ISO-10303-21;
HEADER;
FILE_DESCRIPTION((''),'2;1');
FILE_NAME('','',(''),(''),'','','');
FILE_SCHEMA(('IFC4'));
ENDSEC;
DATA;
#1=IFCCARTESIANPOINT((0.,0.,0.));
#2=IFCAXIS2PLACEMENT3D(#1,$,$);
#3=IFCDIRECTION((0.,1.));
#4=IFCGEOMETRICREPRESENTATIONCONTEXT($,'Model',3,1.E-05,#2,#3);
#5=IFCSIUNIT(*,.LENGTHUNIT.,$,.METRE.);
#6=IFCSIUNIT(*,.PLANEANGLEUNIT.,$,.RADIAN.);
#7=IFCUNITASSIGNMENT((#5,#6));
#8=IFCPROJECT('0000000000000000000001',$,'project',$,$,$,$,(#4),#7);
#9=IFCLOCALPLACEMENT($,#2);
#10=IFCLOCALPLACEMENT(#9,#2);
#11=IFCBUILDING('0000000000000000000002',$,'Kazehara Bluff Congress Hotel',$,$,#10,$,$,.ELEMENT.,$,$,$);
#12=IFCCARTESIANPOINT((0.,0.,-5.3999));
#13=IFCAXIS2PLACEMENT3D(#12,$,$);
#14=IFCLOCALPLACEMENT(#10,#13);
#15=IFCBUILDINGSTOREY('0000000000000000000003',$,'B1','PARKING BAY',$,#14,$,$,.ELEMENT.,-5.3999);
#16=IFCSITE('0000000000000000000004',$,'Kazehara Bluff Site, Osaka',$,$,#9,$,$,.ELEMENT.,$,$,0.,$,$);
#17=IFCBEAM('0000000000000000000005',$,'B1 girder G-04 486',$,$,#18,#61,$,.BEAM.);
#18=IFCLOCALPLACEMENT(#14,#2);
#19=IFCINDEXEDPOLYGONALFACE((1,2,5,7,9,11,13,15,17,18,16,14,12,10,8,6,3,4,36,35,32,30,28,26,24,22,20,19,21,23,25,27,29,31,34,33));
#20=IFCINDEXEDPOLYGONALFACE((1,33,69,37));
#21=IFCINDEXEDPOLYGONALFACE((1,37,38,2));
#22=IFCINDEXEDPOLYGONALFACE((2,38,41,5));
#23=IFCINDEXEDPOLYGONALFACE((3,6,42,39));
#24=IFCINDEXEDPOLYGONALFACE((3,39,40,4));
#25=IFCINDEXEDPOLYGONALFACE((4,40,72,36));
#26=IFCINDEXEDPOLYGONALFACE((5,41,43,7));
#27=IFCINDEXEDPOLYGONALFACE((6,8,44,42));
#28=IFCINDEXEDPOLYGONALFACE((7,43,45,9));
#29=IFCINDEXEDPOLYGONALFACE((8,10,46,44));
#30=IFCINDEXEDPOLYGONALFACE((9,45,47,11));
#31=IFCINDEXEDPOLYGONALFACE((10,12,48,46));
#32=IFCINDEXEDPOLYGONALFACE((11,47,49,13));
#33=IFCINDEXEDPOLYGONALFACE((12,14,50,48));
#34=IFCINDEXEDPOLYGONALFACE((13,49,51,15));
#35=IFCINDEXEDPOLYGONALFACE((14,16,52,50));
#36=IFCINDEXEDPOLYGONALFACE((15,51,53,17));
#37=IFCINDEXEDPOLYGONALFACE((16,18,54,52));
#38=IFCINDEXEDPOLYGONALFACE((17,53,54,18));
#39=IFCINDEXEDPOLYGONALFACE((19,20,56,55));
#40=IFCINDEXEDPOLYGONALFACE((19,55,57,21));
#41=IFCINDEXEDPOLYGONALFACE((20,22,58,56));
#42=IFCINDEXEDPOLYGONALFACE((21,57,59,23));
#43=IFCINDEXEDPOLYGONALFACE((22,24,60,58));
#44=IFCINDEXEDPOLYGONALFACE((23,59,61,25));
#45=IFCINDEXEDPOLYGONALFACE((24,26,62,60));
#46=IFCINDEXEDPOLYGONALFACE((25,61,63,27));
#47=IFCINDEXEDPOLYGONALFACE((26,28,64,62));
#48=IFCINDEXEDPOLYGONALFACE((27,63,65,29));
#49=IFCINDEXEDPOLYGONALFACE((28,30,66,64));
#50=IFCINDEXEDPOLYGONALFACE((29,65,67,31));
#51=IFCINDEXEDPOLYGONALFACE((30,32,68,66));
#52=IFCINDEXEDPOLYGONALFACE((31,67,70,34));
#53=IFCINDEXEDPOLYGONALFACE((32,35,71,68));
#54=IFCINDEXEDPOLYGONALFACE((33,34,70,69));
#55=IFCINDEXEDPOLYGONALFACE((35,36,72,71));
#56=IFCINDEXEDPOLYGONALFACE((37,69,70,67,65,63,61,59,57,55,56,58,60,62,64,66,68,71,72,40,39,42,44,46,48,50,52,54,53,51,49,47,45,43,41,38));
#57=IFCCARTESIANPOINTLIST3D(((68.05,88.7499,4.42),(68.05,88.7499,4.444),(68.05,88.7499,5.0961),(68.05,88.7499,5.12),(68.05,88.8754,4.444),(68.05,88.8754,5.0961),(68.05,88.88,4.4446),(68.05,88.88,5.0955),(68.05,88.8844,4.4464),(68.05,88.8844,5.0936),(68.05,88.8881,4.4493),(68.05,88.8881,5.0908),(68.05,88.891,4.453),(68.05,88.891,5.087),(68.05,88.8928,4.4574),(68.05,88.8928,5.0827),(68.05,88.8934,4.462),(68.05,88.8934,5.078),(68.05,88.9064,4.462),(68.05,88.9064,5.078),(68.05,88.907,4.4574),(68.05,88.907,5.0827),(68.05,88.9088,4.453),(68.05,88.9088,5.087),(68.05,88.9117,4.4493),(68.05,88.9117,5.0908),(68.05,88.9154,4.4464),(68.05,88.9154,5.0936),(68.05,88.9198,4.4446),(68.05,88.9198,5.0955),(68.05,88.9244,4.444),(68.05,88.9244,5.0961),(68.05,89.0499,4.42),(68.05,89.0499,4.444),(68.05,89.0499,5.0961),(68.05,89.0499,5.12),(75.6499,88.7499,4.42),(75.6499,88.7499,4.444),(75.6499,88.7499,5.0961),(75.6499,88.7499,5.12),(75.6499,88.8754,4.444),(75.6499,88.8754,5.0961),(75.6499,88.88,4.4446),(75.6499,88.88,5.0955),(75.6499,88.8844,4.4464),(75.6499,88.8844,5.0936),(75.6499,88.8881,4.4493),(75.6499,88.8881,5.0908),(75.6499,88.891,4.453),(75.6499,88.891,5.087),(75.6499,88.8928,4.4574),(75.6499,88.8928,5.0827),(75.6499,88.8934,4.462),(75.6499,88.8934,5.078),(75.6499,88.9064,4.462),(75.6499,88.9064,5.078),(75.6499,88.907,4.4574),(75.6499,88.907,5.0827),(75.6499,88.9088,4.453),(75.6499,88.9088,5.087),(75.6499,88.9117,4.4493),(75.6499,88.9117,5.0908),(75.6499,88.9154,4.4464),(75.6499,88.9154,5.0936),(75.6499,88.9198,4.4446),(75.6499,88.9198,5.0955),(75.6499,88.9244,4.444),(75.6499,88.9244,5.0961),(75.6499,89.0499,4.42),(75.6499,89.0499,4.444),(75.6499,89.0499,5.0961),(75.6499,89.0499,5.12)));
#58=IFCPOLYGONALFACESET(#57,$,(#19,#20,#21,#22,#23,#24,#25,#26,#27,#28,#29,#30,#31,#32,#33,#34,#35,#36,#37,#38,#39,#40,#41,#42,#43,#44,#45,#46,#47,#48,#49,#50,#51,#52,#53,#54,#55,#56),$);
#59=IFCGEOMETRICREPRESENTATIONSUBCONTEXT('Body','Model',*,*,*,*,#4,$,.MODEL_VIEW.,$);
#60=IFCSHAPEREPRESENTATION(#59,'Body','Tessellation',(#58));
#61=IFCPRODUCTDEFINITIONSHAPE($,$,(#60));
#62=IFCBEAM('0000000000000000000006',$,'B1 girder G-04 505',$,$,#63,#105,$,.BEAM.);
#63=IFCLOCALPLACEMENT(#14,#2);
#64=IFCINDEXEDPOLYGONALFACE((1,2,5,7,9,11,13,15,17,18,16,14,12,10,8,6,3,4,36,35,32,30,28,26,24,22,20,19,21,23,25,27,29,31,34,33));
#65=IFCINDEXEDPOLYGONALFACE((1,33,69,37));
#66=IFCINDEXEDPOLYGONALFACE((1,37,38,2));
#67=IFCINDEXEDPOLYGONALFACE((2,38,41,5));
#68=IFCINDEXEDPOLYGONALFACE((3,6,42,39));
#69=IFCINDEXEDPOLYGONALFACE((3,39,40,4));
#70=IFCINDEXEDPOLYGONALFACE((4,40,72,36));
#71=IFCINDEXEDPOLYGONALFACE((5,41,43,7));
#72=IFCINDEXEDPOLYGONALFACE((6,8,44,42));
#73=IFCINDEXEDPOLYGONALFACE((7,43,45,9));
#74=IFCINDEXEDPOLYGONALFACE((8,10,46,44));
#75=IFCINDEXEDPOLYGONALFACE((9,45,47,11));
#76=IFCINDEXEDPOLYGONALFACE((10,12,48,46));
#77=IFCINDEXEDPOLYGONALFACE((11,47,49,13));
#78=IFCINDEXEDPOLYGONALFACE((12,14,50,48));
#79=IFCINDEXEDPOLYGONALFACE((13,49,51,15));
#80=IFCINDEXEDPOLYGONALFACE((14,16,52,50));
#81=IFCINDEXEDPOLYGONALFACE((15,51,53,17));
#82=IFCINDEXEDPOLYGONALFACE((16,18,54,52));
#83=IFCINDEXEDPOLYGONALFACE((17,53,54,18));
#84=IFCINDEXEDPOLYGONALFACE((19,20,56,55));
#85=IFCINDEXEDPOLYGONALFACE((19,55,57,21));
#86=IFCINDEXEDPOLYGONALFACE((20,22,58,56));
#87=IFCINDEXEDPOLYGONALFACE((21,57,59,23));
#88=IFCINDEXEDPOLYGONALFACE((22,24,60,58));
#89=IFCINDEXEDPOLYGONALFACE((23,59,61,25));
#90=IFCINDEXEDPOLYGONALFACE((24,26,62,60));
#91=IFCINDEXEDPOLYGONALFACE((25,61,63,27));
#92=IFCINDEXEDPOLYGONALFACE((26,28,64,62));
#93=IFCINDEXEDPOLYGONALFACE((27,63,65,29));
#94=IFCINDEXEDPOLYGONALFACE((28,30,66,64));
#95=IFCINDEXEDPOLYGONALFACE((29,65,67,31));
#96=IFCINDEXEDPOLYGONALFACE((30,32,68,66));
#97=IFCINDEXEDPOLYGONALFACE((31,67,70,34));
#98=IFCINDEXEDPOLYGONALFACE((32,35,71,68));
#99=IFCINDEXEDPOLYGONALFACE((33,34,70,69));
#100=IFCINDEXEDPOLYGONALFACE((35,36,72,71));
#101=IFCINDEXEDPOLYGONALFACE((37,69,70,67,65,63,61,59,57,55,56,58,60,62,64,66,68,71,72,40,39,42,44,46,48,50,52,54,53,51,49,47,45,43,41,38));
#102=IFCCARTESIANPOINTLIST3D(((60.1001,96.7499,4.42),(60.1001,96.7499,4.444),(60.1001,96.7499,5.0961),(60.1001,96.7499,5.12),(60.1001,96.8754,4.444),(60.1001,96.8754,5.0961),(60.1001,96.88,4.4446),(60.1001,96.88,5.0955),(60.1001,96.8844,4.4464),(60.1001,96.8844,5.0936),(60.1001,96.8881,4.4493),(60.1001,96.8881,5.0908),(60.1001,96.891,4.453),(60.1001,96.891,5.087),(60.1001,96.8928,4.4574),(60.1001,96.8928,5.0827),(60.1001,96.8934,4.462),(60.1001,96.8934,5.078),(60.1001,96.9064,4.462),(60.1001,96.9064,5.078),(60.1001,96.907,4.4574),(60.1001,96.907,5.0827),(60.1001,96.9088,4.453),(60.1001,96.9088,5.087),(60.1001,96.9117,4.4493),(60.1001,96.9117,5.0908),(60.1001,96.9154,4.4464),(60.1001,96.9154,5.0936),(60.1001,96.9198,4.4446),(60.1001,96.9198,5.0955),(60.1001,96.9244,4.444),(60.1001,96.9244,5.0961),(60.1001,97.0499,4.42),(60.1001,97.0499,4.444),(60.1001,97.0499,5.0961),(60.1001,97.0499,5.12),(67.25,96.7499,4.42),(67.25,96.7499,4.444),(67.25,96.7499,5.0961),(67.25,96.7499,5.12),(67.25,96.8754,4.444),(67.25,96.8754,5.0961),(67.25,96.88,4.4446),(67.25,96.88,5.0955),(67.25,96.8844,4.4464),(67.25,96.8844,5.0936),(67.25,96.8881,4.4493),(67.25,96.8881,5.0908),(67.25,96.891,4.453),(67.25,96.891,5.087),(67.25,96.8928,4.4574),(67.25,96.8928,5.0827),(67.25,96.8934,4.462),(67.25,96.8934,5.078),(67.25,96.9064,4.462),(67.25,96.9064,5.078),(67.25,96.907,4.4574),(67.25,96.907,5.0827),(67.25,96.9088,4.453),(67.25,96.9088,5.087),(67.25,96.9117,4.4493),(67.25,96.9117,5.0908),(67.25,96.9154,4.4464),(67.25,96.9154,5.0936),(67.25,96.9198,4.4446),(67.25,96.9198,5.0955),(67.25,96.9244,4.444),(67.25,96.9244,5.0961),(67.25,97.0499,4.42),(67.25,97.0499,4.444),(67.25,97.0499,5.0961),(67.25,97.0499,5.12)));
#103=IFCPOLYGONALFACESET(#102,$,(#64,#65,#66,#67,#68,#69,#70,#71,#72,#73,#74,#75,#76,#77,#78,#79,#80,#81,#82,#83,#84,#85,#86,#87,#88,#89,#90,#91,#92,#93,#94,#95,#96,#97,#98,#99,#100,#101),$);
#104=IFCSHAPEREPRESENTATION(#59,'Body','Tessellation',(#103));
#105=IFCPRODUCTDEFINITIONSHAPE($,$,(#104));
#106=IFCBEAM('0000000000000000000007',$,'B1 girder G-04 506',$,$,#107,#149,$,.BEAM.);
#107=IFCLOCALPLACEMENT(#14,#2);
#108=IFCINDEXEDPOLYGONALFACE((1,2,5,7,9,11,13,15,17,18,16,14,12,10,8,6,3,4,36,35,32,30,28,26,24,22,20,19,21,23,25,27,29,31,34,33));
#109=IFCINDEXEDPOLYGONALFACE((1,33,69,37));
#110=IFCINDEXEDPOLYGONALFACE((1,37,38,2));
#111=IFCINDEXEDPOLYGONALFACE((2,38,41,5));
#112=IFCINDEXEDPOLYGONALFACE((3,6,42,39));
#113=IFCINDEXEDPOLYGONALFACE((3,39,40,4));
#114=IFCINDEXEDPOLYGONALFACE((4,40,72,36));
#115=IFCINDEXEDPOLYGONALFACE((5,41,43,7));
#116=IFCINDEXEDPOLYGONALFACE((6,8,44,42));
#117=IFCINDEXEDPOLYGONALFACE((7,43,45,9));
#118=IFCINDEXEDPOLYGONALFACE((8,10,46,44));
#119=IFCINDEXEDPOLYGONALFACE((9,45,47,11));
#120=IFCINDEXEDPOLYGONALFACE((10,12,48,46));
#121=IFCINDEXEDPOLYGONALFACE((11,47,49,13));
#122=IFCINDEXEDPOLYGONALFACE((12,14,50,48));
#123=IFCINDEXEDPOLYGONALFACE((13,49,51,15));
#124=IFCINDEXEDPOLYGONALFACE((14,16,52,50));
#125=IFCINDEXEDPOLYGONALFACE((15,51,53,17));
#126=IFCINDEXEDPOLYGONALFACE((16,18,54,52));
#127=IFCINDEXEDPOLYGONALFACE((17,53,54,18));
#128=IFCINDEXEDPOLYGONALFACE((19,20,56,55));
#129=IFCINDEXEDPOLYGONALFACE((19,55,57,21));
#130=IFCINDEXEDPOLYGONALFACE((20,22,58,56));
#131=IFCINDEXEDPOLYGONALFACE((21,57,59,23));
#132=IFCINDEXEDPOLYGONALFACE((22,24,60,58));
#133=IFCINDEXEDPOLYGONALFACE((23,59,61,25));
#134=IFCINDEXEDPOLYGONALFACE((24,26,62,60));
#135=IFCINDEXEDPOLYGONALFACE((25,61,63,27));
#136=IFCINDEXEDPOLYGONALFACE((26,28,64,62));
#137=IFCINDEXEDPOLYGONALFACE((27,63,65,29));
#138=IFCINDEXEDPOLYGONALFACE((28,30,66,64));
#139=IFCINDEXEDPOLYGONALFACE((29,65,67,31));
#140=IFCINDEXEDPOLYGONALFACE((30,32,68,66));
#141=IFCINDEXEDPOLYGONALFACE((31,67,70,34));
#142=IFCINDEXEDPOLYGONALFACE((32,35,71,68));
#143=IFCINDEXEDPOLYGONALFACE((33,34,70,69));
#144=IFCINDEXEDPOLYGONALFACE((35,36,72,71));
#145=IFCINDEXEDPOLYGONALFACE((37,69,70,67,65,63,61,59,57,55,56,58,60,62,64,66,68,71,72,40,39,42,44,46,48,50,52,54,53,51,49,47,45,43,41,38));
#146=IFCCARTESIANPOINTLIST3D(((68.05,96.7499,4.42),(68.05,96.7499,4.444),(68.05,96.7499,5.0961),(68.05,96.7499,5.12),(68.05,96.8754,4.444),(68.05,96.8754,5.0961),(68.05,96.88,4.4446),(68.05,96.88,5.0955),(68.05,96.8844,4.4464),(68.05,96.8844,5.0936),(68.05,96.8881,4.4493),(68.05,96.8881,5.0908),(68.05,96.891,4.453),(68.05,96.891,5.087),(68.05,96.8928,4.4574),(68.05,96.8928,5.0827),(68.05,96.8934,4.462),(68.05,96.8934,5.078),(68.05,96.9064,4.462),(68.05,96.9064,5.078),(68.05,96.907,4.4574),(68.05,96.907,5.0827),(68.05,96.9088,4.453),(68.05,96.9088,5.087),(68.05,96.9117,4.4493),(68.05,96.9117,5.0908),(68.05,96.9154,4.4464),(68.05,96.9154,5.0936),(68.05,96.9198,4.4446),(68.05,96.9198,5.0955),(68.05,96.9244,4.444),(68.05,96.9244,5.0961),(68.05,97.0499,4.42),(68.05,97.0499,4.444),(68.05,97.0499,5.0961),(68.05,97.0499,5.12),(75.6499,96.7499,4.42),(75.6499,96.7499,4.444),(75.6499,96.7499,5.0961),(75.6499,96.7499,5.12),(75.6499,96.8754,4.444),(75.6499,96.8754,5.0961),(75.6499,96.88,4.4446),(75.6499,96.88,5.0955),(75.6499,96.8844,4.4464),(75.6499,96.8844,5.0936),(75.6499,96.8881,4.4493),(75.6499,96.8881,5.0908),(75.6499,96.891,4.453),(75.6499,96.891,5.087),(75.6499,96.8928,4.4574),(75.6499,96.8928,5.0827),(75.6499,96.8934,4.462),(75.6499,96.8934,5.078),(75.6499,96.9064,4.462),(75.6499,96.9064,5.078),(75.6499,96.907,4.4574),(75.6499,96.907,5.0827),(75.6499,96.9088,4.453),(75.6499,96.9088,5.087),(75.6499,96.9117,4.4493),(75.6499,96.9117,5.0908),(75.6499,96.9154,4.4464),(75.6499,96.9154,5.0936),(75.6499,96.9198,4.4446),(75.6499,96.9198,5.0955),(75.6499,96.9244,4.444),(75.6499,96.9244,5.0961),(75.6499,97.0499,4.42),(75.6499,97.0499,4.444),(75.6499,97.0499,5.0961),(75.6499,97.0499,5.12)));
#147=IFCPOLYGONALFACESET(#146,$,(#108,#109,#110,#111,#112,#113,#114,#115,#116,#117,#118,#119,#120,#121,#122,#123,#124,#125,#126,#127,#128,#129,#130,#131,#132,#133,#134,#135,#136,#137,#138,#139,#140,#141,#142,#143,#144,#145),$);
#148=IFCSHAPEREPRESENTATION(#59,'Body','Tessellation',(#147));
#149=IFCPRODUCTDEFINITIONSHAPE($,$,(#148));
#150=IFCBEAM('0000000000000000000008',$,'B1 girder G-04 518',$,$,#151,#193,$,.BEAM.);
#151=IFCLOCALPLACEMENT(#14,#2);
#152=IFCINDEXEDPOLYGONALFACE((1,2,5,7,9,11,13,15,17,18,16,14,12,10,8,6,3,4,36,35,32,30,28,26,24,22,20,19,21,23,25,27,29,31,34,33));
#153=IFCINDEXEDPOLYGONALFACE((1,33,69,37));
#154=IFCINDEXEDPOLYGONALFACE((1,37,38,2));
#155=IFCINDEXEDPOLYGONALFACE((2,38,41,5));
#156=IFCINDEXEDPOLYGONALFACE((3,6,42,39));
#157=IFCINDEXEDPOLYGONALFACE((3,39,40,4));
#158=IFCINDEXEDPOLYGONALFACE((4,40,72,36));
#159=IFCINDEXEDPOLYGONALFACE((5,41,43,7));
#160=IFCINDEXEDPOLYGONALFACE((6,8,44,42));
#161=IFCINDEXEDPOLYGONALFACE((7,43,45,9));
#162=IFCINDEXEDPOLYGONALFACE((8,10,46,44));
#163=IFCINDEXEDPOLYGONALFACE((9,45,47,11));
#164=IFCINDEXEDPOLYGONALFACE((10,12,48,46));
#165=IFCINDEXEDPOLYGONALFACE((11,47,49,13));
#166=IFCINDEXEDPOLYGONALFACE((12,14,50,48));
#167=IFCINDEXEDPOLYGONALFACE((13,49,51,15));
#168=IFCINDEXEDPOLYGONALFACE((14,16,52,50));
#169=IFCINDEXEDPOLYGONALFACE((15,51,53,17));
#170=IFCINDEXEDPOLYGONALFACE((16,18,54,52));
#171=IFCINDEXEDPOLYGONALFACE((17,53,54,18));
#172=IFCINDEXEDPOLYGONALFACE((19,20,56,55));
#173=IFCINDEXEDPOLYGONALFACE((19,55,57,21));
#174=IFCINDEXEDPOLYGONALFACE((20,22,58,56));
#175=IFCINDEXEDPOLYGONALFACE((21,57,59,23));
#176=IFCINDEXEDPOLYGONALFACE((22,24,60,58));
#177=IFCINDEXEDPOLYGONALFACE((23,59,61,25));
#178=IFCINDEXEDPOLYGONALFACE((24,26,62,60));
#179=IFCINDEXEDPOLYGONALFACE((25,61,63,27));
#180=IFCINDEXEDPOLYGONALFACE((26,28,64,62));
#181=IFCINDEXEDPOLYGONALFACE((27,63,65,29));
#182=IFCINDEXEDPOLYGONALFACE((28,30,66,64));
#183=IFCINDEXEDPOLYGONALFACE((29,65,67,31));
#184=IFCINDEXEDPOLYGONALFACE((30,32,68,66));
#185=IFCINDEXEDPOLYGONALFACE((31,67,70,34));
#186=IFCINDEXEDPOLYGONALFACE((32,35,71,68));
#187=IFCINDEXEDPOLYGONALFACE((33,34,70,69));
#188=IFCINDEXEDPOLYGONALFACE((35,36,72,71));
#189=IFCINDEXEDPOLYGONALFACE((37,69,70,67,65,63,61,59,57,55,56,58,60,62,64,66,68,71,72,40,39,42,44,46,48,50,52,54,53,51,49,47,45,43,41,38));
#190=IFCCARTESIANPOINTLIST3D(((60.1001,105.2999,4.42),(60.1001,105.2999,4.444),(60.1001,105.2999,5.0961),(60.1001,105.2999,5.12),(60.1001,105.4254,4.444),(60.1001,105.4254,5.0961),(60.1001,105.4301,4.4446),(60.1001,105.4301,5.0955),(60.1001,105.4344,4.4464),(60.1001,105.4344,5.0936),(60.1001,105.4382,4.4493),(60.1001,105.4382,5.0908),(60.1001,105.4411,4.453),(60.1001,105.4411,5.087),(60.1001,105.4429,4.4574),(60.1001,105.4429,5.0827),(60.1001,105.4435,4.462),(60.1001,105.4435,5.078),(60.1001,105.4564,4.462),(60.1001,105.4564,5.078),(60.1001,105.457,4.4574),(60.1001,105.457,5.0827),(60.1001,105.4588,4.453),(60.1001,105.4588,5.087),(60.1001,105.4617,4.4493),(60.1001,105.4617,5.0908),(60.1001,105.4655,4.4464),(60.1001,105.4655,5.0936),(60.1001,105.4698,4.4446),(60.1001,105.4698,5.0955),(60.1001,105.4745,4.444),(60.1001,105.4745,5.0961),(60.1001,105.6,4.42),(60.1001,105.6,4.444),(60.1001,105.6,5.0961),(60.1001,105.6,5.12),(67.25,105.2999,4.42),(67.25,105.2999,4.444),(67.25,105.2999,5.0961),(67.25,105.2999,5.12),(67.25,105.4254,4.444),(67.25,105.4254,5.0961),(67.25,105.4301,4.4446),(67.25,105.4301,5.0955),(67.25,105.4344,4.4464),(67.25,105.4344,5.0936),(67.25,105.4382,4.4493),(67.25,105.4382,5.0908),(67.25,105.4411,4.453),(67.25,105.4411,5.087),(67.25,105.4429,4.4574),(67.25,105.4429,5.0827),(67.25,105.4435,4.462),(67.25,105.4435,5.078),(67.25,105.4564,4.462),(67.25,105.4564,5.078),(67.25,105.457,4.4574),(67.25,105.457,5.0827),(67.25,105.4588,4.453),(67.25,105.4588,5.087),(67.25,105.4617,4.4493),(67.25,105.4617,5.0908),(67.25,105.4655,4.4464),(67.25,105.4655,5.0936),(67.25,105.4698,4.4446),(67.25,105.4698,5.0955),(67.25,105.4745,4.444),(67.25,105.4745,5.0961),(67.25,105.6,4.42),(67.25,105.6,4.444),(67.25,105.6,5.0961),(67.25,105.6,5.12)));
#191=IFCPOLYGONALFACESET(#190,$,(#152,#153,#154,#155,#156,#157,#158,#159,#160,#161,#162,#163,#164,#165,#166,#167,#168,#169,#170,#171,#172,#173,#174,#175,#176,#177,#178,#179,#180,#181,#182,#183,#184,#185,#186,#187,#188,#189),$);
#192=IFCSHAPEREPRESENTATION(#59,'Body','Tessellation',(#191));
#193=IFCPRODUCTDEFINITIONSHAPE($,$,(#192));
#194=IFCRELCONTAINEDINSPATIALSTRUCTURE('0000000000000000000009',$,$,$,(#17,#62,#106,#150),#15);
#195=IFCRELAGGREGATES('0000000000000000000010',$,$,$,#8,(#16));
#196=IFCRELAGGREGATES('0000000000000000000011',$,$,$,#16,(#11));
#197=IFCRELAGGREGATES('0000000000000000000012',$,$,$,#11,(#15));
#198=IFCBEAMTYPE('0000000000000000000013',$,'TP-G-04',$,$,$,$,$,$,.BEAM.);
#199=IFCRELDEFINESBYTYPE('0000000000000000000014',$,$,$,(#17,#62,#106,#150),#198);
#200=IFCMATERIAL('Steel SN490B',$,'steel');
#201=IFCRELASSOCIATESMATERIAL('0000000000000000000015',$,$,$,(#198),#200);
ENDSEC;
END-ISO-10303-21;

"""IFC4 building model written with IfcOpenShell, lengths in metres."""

from ifc_helpers import new_model, si_unit, direction, frame, origin, origin_2d, place, context, subcontext, project, spatial, i_section, extrude, material, material_profile, profile_set, type_object, element, save


model = new_model("IFC4")

# Units and contexts
model_context = context("Model", 3, precision=1e-05, world=origin(), true_north=direction((0.0, 1.0)))
body_context = subcontext(model_context, "Body", "Model", "MODEL_VIEW")
ifc_project = project(units=[si_unit("LENGTHUNIT", "METRE"), si_unit("PLANEANGLEUNIT", "RADIAN")], contexts=[model_context])

# Site, building, storey
site_placement = place(None, origin())
site = spatial("IfcSite", under=ifc_project, at=site_placement, Name="Kazehara Bluff Site, Osaka", CompositionType="ELEMENT", RefElevation=0.0)
building_placement = place(site_placement, origin())
building = spatial("IfcBuilding", under=site, at=building_placement, Name="Kazehara Bluff Congress Hotel", CompositionType="ELEMENT")
storey_placement = place(building_placement, frame((0.0, 0.0, -5.3999)))
storey = spatial("IfcBuildingStorey", under=building, at=storey_placement, Name="B1", Description="PARKING BAY", CompositionType="ELEMENT", Elevation=-5.3999)

# Beams
ifc_material_1 = material(Name="Steel SN490B", Category="steel")
ifc_material_profile_1 = material_profile(ifc_material_1, i_section(OverallWidth=0.3, OverallDepth=0.7, WebThickness=0.0129, FlangeThickness=0.0239, FilletRadius=0.0181, at=origin_2d()))
ifc_profile_set_1 = profile_set([ifc_material_profile_1], Name="Steel SN490B")
beam_type_1 = type_object("IfcBeamType", Name="TP-G-04", PredefinedType="BEAM", material=ifc_profile_set_1)
beam_1_placement = place(storey_placement, frame((68.05, 88.8999, 4.77), z_axis=(1.0, 0.0, 0.0), x_axis=(0.0, 1.0, 0.0)))
element("IfcBeam", 1, at=beam_1_placement, inside=storey, type_object=beam_type_1, Name="B1 girder G-04 486", PredefinedType="BEAM", context=body_context, shape_type="SweptSolid", body=[
    extrude(i_section(OverallWidth=0.3, OverallDepth=0.7, WebThickness=0.0129, FlangeThickness=0.0239, FilletRadius=0.0181, at=origin_2d()), origin(), (0.0, 0.0, 1.0), 7.5999),
])
beam_2_placement = place(storey_placement, frame((60.1001, 96.8999, 4.77), z_axis=(1.0, 0.0, 0.0), x_axis=(0.0, 1.0, 0.0)))
element("IfcBeam", 2, at=beam_2_placement, inside=storey, type_object=beam_type_1, Name="B1 girder G-04 505", PredefinedType="BEAM", context=body_context, shape_type="SweptSolid", body=[
    extrude(i_section(OverallWidth=0.3, OverallDepth=0.7, WebThickness=0.0129, FlangeThickness=0.0239, FilletRadius=0.0181, at=origin_2d()), origin(), (0.0, 0.0, 1.0), 7.1499),
])
beam_3_placement = place(storey_placement, frame((68.05, 96.8999, 4.77), z_axis=(1.0, 0.0, 0.0), x_axis=(0.0, 1.0, 0.0)))
element("IfcBeam", 3, at=beam_3_placement, inside=storey, type_object=beam_type_1, Name="B1 girder G-04 506", PredefinedType="BEAM", context=body_context, shape_type="SweptSolid", body=[
    extrude(i_section(OverallWidth=0.3, OverallDepth=0.7, WebThickness=0.0129, FlangeThickness=0.0239, FilletRadius=0.0181, at=origin_2d()), origin(), (0.0, 0.0, 1.0), 7.5999),
])
beam_4_placement = place(storey_placement, frame((60.1001, 105.45, 4.77), z_axis=(1.0, 0.0, 0.0), x_axis=(0.0, 1.0, 0.0)))
element("IfcBeam", 4, at=beam_4_placement, inside=storey, type_object=beam_type_1, Name="B1 girder G-04 518", PredefinedType="BEAM", context=body_context, shape_type="SweptSolid", body=[
    extrude(i_section(OverallWidth=0.3, OverallDepth=0.7, WebThickness=0.0129, FlangeThickness=0.0239, FilletRadius=0.0181, at=origin_2d()), origin(), (0.0, 0.0, 1.0), 7.1499),
])

save(model, "model.ifc")
